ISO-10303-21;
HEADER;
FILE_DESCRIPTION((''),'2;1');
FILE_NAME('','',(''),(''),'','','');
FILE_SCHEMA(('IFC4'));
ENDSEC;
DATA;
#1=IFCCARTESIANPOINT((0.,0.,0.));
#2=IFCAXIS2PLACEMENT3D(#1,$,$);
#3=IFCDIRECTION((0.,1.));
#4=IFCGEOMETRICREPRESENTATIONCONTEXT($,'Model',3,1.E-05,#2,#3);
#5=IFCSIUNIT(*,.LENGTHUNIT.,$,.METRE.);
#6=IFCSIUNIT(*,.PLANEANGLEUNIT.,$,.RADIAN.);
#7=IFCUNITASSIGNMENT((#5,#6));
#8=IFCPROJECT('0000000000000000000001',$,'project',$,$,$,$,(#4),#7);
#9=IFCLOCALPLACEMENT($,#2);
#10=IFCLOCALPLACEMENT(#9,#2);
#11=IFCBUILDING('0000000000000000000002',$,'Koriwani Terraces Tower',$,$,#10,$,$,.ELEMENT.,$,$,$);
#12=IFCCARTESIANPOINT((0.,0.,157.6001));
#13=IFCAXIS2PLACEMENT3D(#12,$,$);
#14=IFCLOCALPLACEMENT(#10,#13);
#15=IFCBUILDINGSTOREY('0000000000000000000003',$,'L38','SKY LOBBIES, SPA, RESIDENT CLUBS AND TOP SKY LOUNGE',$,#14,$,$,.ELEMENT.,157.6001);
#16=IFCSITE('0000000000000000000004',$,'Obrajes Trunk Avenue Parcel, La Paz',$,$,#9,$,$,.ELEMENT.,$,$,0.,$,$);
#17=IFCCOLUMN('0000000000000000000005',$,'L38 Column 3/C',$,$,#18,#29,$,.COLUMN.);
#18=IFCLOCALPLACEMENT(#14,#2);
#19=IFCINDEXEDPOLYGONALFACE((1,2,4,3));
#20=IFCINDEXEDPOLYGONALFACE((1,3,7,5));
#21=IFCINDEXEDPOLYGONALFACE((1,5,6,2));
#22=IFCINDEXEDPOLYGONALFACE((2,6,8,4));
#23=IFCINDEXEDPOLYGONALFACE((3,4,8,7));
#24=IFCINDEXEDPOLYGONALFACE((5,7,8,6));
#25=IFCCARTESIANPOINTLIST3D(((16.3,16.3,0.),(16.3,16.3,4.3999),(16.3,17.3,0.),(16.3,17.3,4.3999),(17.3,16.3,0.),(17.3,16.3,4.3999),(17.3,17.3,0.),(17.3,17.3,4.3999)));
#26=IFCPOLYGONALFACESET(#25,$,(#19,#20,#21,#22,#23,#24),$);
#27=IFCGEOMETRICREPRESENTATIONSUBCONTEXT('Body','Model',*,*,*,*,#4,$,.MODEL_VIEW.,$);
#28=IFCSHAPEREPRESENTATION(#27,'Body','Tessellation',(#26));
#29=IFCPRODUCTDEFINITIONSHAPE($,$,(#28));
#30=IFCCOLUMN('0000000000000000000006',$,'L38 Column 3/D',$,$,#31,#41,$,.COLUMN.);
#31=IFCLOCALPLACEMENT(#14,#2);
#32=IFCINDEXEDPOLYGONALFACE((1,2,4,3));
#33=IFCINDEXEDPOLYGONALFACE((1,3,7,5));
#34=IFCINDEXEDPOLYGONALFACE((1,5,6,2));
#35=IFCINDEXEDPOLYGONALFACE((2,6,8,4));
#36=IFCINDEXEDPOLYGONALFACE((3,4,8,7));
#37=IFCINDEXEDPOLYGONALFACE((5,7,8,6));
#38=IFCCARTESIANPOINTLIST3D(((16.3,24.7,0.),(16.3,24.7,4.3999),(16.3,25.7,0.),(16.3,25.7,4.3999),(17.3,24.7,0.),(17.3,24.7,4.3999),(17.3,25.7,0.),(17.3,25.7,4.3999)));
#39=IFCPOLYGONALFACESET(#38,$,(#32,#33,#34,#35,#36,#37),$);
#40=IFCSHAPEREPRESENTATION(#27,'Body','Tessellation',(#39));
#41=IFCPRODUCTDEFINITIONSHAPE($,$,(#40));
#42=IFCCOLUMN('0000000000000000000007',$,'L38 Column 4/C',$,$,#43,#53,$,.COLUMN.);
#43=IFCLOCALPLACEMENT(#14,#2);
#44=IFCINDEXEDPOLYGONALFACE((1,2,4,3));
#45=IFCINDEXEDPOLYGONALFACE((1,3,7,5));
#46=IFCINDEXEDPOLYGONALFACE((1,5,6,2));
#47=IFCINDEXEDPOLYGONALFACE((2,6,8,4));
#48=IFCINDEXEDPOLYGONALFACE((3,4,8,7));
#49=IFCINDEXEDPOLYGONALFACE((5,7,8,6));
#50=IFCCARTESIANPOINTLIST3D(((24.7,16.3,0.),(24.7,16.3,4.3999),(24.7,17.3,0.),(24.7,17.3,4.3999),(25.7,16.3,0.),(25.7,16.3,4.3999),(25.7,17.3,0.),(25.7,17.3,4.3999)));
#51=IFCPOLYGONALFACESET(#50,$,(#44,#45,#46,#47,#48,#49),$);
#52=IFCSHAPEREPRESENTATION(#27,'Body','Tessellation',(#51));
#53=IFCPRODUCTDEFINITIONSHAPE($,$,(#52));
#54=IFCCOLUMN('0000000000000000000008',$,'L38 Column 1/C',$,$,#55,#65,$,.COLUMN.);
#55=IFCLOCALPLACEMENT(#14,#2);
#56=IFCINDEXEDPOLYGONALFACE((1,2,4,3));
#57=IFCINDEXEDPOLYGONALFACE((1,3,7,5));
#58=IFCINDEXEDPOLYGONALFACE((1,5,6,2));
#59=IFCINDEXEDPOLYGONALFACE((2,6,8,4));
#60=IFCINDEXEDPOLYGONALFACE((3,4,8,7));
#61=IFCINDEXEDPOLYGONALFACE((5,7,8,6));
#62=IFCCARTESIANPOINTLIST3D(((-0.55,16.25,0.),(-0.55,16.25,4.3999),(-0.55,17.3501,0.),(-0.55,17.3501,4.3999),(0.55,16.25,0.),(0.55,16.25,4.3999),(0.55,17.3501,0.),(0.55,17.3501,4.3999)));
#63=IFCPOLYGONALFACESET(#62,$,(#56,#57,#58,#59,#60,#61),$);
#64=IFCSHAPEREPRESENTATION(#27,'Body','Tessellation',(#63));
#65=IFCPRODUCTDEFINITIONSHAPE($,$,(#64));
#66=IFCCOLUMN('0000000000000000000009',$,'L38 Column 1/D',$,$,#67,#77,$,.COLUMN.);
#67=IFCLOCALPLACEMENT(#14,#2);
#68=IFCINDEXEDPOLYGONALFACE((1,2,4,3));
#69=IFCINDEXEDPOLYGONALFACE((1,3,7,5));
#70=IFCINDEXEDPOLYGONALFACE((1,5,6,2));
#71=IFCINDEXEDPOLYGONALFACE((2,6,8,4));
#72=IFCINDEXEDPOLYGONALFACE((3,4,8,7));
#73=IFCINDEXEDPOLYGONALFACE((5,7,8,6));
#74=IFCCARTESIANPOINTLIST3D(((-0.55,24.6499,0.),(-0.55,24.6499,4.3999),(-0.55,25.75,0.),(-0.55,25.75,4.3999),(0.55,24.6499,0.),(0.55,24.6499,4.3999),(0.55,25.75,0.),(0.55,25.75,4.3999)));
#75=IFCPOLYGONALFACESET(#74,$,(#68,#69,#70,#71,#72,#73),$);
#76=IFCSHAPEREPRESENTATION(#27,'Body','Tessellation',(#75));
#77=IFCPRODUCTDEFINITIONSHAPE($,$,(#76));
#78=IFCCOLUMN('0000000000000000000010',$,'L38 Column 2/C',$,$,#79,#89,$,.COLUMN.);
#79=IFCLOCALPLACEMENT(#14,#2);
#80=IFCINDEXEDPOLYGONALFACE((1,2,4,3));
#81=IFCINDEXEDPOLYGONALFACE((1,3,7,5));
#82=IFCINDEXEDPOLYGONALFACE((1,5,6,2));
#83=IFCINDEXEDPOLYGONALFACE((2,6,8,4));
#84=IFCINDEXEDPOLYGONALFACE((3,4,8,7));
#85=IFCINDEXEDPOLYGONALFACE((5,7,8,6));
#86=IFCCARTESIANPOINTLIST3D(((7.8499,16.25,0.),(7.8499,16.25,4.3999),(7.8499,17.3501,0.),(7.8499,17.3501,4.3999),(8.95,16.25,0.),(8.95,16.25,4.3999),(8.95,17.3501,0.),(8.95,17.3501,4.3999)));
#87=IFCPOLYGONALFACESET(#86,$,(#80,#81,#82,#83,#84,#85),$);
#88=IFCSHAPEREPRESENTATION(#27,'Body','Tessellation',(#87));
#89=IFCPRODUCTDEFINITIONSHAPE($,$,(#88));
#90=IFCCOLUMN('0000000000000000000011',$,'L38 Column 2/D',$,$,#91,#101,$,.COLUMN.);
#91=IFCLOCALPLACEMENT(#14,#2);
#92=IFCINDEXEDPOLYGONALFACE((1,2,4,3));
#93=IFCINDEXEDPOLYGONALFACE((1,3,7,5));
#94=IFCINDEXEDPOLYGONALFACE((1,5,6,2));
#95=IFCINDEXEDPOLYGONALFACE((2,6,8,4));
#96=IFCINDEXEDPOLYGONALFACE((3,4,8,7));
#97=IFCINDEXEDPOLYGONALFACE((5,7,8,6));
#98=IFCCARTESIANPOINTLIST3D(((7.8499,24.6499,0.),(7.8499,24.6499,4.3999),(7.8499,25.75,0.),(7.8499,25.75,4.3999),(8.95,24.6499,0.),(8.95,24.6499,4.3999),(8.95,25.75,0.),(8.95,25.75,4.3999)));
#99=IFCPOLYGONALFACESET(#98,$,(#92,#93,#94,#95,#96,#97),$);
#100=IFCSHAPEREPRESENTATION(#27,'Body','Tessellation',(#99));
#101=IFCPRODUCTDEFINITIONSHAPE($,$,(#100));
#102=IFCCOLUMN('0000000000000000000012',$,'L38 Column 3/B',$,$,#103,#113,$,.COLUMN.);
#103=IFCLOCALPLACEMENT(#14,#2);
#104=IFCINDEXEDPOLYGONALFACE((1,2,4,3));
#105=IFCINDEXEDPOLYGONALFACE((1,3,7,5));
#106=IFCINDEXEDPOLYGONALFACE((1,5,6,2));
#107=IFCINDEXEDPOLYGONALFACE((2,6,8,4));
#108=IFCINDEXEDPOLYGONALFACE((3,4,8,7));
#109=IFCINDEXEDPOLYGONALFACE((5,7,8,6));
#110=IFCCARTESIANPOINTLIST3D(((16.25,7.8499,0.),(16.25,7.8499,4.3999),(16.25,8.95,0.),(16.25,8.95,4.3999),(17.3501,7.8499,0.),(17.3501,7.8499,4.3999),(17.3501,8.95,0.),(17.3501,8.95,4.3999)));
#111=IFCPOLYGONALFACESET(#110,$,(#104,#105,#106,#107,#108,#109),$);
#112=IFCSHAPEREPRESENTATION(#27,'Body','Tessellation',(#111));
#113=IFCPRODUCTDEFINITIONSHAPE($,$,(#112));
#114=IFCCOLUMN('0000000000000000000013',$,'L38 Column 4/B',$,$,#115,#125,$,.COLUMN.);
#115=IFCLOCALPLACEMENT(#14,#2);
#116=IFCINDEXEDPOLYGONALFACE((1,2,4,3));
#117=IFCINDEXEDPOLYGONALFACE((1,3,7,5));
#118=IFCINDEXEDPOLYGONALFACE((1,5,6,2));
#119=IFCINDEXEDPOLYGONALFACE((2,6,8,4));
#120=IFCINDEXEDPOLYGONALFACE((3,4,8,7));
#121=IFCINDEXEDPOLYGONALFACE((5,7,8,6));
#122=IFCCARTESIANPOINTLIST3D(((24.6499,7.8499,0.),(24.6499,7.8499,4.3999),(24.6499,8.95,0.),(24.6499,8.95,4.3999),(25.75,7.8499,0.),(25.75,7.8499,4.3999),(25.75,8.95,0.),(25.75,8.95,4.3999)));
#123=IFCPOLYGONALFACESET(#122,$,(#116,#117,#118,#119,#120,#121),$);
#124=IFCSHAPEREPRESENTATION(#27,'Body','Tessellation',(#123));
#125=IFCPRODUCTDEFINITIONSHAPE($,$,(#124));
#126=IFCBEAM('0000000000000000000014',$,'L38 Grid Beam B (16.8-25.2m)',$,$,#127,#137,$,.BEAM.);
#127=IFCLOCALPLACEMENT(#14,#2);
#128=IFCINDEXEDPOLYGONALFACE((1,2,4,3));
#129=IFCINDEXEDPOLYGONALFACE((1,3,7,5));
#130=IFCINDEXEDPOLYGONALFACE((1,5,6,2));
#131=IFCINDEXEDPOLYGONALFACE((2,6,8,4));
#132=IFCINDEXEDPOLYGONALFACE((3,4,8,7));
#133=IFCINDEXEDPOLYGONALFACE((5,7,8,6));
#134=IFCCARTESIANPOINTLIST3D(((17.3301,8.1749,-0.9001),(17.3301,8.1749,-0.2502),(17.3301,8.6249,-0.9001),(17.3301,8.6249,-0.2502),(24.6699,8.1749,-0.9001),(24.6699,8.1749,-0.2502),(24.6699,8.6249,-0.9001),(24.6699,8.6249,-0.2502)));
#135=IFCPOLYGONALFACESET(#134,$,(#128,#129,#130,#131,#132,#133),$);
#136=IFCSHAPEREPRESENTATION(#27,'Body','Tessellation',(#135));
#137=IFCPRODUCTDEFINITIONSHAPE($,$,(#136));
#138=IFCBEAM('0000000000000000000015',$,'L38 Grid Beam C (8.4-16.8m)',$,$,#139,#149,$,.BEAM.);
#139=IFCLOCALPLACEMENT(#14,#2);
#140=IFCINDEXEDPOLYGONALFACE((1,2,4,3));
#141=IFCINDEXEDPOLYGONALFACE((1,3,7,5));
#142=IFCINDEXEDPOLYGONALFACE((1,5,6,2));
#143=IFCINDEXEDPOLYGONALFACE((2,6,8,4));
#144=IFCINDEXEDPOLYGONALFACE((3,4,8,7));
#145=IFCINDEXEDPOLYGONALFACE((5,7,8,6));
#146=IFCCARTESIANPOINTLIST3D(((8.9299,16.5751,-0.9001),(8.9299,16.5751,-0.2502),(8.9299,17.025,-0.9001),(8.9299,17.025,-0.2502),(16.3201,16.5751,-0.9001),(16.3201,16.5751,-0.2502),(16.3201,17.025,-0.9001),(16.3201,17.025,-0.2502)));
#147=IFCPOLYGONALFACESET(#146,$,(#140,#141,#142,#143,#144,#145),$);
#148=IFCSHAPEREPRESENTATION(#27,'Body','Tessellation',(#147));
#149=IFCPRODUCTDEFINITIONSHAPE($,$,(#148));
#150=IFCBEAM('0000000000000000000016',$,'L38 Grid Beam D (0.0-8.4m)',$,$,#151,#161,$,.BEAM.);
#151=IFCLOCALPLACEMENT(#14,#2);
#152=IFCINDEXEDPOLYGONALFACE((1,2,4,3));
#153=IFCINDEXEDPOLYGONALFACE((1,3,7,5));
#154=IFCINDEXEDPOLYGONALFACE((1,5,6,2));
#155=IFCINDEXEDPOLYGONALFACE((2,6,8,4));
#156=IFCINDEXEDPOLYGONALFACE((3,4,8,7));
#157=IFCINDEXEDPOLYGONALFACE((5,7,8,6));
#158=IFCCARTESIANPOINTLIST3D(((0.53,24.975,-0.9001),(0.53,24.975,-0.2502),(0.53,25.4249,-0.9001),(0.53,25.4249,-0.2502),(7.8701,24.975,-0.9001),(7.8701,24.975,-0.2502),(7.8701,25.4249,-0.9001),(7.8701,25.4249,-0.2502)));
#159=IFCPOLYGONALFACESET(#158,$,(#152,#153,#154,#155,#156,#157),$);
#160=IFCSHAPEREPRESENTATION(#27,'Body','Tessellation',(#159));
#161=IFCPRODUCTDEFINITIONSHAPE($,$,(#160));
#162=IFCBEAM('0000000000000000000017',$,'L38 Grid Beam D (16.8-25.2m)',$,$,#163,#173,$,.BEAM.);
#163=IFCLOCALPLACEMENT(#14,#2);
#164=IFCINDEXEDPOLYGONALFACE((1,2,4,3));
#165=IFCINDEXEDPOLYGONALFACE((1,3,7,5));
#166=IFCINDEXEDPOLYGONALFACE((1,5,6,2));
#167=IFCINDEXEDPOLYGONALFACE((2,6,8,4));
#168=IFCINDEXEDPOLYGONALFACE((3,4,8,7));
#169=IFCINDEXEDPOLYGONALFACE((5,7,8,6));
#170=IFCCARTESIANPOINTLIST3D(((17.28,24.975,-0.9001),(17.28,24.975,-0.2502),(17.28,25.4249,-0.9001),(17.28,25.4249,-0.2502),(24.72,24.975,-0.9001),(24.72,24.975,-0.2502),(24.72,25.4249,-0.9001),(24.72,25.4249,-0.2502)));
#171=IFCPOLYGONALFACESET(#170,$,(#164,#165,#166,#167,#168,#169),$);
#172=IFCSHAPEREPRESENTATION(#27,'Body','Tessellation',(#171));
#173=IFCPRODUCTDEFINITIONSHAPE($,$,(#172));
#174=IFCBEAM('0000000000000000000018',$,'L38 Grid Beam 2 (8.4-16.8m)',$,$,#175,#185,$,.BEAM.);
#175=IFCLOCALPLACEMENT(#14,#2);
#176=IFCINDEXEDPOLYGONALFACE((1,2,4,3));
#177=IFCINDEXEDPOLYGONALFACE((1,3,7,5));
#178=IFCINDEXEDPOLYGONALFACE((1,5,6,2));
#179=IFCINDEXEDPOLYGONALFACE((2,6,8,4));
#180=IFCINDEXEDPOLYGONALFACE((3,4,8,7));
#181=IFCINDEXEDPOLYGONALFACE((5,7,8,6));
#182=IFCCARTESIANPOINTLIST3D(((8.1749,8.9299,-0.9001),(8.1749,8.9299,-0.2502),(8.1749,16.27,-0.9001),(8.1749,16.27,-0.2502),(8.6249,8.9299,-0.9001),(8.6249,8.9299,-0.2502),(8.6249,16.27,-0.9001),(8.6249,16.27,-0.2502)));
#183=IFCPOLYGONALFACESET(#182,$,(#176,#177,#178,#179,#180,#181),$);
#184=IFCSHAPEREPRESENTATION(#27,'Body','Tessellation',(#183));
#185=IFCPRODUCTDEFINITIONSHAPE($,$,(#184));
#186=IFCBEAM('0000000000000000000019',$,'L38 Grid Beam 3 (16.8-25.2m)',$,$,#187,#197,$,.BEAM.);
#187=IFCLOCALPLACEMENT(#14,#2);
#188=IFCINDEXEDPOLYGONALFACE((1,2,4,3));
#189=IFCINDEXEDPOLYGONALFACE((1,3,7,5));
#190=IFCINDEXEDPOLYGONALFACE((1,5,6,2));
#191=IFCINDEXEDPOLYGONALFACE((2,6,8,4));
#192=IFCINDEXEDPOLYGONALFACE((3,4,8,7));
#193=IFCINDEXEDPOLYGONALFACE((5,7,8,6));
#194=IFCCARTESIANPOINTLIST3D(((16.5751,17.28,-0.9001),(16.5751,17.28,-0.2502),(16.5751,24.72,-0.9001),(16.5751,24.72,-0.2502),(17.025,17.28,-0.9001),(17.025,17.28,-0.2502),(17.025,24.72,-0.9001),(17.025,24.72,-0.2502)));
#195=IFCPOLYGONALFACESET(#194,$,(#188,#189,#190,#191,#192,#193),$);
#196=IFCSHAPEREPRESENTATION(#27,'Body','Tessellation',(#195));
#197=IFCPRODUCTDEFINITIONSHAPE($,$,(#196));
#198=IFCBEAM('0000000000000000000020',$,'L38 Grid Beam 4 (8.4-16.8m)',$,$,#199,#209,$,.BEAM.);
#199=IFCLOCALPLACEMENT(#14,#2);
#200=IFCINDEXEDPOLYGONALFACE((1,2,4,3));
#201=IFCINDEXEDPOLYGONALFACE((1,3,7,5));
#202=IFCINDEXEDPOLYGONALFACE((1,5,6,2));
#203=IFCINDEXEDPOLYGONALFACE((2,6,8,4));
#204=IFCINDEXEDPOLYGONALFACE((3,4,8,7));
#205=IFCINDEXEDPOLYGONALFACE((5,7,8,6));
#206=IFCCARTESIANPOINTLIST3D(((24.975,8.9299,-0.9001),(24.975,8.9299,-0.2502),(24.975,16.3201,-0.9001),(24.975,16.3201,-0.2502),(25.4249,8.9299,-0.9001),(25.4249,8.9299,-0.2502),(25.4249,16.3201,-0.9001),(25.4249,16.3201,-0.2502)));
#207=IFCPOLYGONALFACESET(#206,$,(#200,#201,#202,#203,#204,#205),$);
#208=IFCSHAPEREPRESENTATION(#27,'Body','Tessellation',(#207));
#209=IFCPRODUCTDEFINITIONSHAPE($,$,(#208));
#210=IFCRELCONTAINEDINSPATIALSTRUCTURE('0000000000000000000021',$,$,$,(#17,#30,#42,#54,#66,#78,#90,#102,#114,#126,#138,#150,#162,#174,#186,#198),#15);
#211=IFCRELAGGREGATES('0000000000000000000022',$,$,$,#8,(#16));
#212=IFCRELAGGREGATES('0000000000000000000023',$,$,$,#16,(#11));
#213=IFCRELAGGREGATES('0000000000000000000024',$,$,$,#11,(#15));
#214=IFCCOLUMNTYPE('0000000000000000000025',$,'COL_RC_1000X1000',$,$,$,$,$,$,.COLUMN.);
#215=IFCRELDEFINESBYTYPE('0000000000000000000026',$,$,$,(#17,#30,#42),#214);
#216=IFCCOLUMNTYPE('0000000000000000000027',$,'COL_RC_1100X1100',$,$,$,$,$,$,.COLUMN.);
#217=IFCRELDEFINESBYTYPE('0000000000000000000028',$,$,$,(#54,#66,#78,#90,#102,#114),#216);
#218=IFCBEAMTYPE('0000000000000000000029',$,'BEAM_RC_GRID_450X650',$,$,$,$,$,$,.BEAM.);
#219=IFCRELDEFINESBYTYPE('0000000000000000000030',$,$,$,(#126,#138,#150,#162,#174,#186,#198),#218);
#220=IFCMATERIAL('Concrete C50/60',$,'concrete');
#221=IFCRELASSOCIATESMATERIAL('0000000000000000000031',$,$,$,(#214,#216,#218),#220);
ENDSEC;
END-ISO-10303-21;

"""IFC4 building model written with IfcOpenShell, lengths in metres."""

from ifc_helpers import new_model, si_unit, direction, frame, origin, origin_2d, place, context, subcontext, project, spatial, rectangle, extrude, material, material_profile, profile_set, type_object, element, save


model = new_model("IFC4")

# Units and contexts
model_context = context("Model", 3, precision=1e-05, world=origin(), true_north=direction((0.0, 1.0)))
body_context = subcontext(model_context, "Body", "Model", "MODEL_VIEW")
ifc_project = project(units=[si_unit("LENGTHUNIT", "METRE"), si_unit("PLANEANGLEUNIT", "RADIAN")], contexts=[model_context])

# Site, building, storey
site_placement = place(None, origin())
site = spatial("IfcSite", under=ifc_project, at=site_placement, Name="Obrajes Trunk Avenue Parcel, La Paz", CompositionType="ELEMENT", RefElevation=0.0)
building_placement = place(site_placement, origin())
building = spatial("IfcBuilding", under=site, at=building_placement, Name="Koriwani Terraces Tower", CompositionType="ELEMENT")
storey_placement = place(building_placement, frame((0.0, 0.0, 157.6001)))
storey = spatial("IfcBuildingStorey", under=building, at=storey_placement, Name="L38", Description="SKY LOBBIES, SPA, RESIDENT CLUBS AND TOP SKY LOUNGE", CompositionType="ELEMENT", Elevation=157.6001)

# Columns
ifc_material_1 = material(Name="Concrete C50/60", Category="concrete")
ifc_material_profile_1 = material_profile(ifc_material_1, rectangle(XDim=1.0, YDim=1.0, at=origin_2d()), Name="Concrete C50/60", Category="LoadBearing")
ifc_profile_set_1 = profile_set([ifc_material_profile_1], Name="Concrete C50/60")
column_type_1 = type_object("IfcColumnType", Name="COL_RC_1000X1000", PredefinedType="COLUMN", material=ifc_profile_set_1)
for number, where, z_axis, x_axis, name in (
    (1, (16.8, 16.8, 0.0), (0.0, 0.0, 1.0), (1.0, 0.0, 0.0), "L38 Column 3/C"),
    (2, (16.8, 25.2, 0.0), (0.0, 0.0, 1.0), (1.0, 0.0, 0.0), "L38 Column 3/D"),
    (3, (25.2, 16.8, 0.0), (0.0, 0.0, 1.0), (1.0, 0.0, 0.0), "L38 Column 4/C"),
):
    element("IfcColumn", number, at=place(storey_placement, frame(where, z_axis=z_axis, x_axis=x_axis)), inside=storey, type_object=column_type_1, Name=name, PredefinedType="COLUMN", context=body_context, shape_type="SweptSolid", body=[
        extrude(rectangle(XDim=1.0, YDim=1.0, at=origin_2d()), origin(), (0.0, 0.0, 1.0), 4.3999),
    ])
ifc_material_profile_2 = material_profile(ifc_material_1, rectangle(XDim=1.1001, YDim=1.1001, at=origin_2d()), Name="Concrete C50/60", Category="LoadBearing")
ifc_profile_set_2 = profile_set([ifc_material_profile_2], Name="Concrete C50/60")
column_type_2 = type_object("IfcColumnType", Name="COL_RC_1100X1100", PredefinedType="COLUMN", material=ifc_profile_set_2)
for number, where, z_axis, x_axis, name in (
    (4, (0.0, 16.8, 0.0), (0.0, 0.0, 1.0), (1.0, 0.0, 0.0), "L38 Column 1/C"),
    (5, (0.0, 25.2, 0.0), (0.0, 0.0, 1.0), (1.0, 0.0, 0.0), "L38 Column 1/D"),
    (6, (8.3999, 16.8, 0.0), (0.0, 0.0, 1.0), (1.0, 0.0, 0.0), "L38 Column 2/C"),
    (7, (8.3999, 25.2, 0.0), (0.0, 0.0, 1.0), (1.0, 0.0, 0.0), "L38 Column 2/D"),
    (8, (16.8, 8.3999, 0.0), (0.0, 0.0, 1.0), (1.0, 0.0, 0.0), "L38 Column 3/B"),
    (9, (25.2, 8.3999, 0.0), (0.0, 0.0, 1.0), (1.0, 0.0, 0.0), "L38 Column 4/B"),
):
    element("IfcColumn", number, at=place(storey_placement, frame(where, z_axis=z_axis, x_axis=x_axis)), inside=storey, type_object=column_type_2, Name=name, PredefinedType="COLUMN", context=body_context, shape_type="SweptSolid", body=[
        extrude(rectangle(XDim=1.1001, YDim=1.1001, at=origin_2d()), origin(), (0.0, 0.0, 1.0), 4.3999),
    ])

# Beams
ifc_material_profile_3 = material_profile(ifc_material_1, rectangle(XDim=0.45, YDim=0.6499, at=origin_2d()), Name="Concrete C50/60", Category="LoadBearing")
ifc_profile_set_3 = profile_set([ifc_material_profile_3], Name="Concrete C50/60")
beam_type_1 = type_object("IfcBeamType", Name="BEAM_RC_GRID_450X650", PredefinedType="BEAM", material=ifc_profile_set_3)
beam_1_placement = place(storey_placement, frame((17.3301, 8.3999, -0.5752), z_axis=(1.0, 0.0, 0.0), x_axis=(0.0, 1.0, 0.0)))
element("IfcBeam", 10, at=beam_1_placement, inside=storey, type_object=beam_type_1, Name="L38 Grid Beam B (16.8-25.2m)", PredefinedType="BEAM", context=body_context, shape_type="SweptSolid", body=[
    extrude(rectangle(XDim=0.45, YDim=0.6499, at=origin_2d()), origin(), (0.0, 0.0, 1.0), 7.3398),
])
beam_2_placement = place(storey_placement, frame((8.9299, 16.8, -0.5752), z_axis=(1.0, 0.0, 0.0), x_axis=(0.0, 1.0, 0.0)))
element("IfcBeam", 11, at=beam_2_placement, inside=storey, type_object=beam_type_1, Name="L38 Grid Beam C (8.4-16.8m)", PredefinedType="BEAM", context=body_context, shape_type="SweptSolid", body=[
    extrude(rectangle(XDim=0.45, YDim=0.6499, at=origin_2d()), origin(), (0.0, 0.0, 1.0), 7.3901),
])
beam_3_placement = place(storey_placement, frame((0.53, 25.2, -0.5752), z_axis=(1.0, 0.0, 0.0), x_axis=(0.0, 1.0, 0.0)))
element("IfcBeam", 12, at=beam_3_placement, inside=storey, type_object=beam_type_1, Name="L38 Grid Beam D (0.0-8.4m)", PredefinedType="BEAM", context=body_context, shape_type="SweptSolid", body=[
    extrude(rectangle(XDim=0.45, YDim=0.6499, at=origin_2d()), origin(), (0.0, 0.0, 1.0), 7.3401),
])
beam_4_placement = place(storey_placement, frame((17.28, 25.2, -0.5752), z_axis=(1.0, 0.0, 0.0), x_axis=(0.0, 1.0, 0.0)))
element("IfcBeam", 13, at=beam_4_placement, inside=storey, type_object=beam_type_1, Name="L38 Grid Beam D (16.8-25.2m)", PredefinedType="BEAM", context=body_context, shape_type="SweptSolid", body=[
    extrude(rectangle(XDim=0.45, YDim=0.6499, at=origin_2d()), origin(), (0.0, 0.0, 1.0), 7.4399),
])
beam_5_placement = place(storey_placement, frame((8.3999, 8.9299, -0.5752), z_axis=(0.0, 1.0, 0.0), x_axis=(-1.0, 0.0, 0.0)))
element("IfcBeam", 14, at=beam_5_placement, inside=storey, type_object=beam_type_1, Name="L38 Grid Beam 2 (8.4-16.8m)", PredefinedType="BEAM", context=body_context, shape_type="SweptSolid", body=[
    extrude(rectangle(XDim=0.45, YDim=0.6499, at=origin_2d()), origin(), (0.0, 0.0, 1.0), 7.3401),
])
beam_6_placement = place(storey_placement, frame((16.8, 17.28, -0.5752), z_axis=(0.0, 1.0, 0.0), x_axis=(-1.0, 0.0, 0.0)))
element("IfcBeam", 15, at=beam_6_placement, inside=storey, type_object=beam_type_1, Name="L38 Grid Beam 3 (16.8-25.2m)", PredefinedType="BEAM", context=body_context, shape_type="SweptSolid", body=[
    extrude(rectangle(XDim=0.45, YDim=0.6499, at=origin_2d()), origin(), (0.0, 0.0, 1.0), 7.4399),
])
beam_7_placement = place(storey_placement, frame((25.2, 8.9299, -0.5752), z_axis=(0.0, 1.0, 0.0), x_axis=(-1.0, 0.0, 0.0)))
element("IfcBeam", 16, at=beam_7_placement, inside=storey, type_object=beam_type_1, Name="L38 Grid Beam 4 (8.4-16.8m)", PredefinedType="BEAM", context=body_context, shape_type="SweptSolid", body=[
    extrude(rectangle(XDim=0.45, YDim=0.6499, at=origin_2d()), origin(), (0.0, 0.0, 1.0), 7.3901),
])

save(model, "model.ifc")
